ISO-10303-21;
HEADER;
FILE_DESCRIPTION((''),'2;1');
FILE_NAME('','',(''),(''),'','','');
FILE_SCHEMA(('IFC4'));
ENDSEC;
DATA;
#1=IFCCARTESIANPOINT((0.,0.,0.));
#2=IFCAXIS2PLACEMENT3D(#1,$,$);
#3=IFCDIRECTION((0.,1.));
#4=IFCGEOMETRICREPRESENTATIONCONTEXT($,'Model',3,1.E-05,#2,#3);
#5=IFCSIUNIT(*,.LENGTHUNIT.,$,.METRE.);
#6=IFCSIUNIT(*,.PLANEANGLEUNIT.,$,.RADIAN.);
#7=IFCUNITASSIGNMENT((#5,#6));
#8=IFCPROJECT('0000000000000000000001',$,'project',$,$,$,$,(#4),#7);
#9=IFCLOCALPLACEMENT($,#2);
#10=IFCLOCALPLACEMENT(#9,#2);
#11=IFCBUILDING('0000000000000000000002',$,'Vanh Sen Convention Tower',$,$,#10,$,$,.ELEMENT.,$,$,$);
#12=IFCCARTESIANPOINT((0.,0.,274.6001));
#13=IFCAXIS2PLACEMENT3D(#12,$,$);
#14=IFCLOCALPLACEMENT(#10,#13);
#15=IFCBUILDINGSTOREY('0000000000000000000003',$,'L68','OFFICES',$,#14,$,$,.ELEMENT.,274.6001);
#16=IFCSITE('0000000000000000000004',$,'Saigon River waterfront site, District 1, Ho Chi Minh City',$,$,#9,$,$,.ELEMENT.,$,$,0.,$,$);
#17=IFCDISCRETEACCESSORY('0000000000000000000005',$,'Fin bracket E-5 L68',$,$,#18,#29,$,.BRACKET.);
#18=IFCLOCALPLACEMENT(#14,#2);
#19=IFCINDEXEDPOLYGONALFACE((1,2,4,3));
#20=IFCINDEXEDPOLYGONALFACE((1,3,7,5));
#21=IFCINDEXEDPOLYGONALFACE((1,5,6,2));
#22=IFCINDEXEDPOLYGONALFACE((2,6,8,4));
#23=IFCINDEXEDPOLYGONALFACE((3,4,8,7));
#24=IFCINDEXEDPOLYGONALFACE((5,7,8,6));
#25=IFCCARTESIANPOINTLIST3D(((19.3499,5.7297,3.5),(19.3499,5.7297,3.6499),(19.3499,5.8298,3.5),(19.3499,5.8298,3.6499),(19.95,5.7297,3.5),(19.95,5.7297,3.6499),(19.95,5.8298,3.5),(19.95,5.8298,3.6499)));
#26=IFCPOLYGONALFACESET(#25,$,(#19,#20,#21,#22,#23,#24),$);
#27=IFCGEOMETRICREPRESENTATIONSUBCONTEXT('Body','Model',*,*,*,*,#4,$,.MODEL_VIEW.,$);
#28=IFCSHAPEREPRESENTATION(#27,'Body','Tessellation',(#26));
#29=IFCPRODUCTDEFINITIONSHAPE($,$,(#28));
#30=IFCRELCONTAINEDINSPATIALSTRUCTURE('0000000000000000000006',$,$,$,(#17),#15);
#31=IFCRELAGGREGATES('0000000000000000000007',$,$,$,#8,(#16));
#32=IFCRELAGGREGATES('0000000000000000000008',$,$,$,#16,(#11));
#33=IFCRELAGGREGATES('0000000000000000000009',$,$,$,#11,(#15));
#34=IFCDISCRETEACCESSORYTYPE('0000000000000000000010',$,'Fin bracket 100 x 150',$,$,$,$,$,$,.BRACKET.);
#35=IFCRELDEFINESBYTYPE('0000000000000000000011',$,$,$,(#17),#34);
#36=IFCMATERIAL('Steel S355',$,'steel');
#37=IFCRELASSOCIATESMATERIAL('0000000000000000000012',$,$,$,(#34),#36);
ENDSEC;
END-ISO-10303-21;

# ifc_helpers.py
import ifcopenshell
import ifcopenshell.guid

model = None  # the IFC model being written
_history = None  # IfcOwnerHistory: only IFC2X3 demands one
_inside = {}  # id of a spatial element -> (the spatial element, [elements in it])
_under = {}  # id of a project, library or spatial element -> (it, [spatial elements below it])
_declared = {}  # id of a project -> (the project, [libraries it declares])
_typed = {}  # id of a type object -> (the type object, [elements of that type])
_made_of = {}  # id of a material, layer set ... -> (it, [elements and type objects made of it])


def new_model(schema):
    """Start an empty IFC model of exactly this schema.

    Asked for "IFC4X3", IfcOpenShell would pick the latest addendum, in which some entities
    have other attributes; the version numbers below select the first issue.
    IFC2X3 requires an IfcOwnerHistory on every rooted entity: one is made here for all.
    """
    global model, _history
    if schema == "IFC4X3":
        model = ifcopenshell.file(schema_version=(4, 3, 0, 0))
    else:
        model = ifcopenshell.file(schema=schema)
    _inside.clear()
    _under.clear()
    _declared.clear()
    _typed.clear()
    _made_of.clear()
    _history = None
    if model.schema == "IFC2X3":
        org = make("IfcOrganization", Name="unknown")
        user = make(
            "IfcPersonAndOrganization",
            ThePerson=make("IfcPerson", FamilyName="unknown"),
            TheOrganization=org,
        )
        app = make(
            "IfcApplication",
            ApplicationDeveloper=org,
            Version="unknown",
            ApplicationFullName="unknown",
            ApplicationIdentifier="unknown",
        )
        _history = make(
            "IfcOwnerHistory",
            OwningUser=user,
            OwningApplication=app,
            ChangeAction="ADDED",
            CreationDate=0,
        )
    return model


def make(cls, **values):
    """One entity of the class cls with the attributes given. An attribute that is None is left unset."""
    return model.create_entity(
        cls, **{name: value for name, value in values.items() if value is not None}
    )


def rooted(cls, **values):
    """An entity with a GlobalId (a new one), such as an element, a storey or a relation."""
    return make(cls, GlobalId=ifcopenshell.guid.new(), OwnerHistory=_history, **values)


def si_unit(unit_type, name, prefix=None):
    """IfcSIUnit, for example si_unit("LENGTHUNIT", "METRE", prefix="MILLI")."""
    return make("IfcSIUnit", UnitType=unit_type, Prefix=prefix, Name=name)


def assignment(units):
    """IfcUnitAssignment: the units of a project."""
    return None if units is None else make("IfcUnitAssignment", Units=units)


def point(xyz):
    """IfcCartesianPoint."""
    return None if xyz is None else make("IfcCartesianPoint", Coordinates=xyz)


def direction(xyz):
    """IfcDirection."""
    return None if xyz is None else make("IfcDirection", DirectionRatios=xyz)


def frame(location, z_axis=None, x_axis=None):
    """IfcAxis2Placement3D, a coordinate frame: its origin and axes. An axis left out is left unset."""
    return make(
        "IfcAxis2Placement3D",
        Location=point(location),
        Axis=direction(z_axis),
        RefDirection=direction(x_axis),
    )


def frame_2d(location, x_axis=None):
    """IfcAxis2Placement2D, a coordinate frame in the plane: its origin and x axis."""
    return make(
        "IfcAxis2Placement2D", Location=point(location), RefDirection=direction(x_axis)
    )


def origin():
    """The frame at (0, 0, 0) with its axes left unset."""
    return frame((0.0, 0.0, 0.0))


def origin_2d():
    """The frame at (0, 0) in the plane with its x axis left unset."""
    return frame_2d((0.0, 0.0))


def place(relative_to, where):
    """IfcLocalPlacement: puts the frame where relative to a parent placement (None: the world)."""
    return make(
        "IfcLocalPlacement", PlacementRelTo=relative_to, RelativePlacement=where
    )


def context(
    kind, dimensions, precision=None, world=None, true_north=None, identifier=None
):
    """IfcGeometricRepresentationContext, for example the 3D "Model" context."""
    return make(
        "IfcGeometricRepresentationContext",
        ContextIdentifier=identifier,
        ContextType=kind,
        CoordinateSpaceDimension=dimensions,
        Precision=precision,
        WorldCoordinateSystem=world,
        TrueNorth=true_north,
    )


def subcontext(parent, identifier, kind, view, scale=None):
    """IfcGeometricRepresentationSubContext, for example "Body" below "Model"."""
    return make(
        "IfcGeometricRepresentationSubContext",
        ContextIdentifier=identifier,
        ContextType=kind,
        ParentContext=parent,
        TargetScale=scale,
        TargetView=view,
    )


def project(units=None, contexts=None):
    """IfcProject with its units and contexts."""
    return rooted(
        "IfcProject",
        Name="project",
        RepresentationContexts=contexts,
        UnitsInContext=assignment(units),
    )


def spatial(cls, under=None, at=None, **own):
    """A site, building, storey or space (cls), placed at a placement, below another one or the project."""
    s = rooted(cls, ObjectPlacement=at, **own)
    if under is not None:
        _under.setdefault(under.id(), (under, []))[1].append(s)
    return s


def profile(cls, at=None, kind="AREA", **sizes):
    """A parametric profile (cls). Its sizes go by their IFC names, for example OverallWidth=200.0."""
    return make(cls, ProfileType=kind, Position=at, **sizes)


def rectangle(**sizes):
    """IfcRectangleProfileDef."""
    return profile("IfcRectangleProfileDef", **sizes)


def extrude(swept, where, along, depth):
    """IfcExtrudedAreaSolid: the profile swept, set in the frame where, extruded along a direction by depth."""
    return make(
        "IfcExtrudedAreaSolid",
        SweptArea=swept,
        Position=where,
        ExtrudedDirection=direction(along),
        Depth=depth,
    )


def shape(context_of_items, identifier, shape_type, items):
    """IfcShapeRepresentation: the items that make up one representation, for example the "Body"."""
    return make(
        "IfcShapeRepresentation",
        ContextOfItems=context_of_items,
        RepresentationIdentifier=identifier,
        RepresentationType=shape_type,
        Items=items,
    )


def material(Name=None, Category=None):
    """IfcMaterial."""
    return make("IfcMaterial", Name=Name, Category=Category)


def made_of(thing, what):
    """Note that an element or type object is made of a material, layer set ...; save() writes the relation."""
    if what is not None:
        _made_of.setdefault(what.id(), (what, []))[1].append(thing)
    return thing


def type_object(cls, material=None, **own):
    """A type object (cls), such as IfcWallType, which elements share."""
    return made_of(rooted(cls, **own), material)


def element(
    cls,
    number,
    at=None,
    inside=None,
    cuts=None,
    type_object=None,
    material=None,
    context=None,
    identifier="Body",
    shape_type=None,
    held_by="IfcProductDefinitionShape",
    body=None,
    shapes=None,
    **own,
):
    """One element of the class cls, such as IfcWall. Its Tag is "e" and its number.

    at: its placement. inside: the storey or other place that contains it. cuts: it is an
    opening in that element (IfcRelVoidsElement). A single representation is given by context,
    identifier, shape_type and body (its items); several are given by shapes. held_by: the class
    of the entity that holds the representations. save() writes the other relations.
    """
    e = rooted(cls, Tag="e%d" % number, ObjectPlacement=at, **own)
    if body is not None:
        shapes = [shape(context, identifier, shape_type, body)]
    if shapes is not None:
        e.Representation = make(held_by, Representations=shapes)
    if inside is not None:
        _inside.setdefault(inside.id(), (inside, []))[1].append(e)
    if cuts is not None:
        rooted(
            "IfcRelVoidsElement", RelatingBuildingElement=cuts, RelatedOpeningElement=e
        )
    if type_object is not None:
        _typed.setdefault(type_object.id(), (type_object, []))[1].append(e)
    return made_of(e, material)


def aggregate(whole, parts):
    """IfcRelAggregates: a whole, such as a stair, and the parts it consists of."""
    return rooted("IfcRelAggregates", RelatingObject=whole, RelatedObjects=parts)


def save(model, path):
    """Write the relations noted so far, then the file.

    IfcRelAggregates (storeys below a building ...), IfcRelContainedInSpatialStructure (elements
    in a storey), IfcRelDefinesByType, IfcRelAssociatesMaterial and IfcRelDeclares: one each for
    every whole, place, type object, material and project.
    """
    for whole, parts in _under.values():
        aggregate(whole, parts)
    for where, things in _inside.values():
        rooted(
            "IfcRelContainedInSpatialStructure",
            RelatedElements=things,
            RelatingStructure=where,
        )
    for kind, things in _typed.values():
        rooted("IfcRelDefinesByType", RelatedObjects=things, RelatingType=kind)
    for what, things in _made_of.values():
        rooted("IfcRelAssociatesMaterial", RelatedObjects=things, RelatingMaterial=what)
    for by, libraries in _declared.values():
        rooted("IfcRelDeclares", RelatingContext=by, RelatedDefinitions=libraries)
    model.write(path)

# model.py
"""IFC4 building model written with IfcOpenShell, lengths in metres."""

from ifc_helpers import new_model, si_unit, direction, frame, origin, origin_2d, place, context, subcontext, project, spatial, rectangle, extrude, material, type_object, element, save


model = new_model("IFC4")

# Units and contexts
model_context = context("Model", 3, precision=1e-05, world=origin(), true_north=direction((0.0, 1.0)))
body_context = subcontext(model_context, "Body", "Model", "MODEL_VIEW")
ifc_project = project(units=[si_unit("LENGTHUNIT", "METRE"), si_unit("PLANEANGLEUNIT", "RADIAN")], contexts=[model_context])

# Site, building, storey
site_placement = place(None, origin())
site = spatial("IfcSite", under=ifc_project, at=site_placement, Name="Saigon River waterfront site, District 1, Ho Chi Minh City", CompositionType="ELEMENT", RefElevation=0.0)
building_placement = place(site_placement, origin())
building = spatial("IfcBuilding", under=site, at=building_placement, Name="Vanh Sen Convention Tower", CompositionType="ELEMENT")
storey_placement = place(building_placement, frame((0.0, 0.0, 274.6001)))
storey = spatial("IfcBuildingStorey", under=building, at=storey_placement, Name="L68", Description="OFFICES", CompositionType="ELEMENT", Elevation=274.6001)

# Discrete accessory
ifc_material_1 = material(Name="Steel S355", Category="steel")
discrete_accessory_type = type_object("IfcDiscreteAccessoryType", Name="Fin bracket 100 x 150", PredefinedType="BRACKET", material=ifc_material_1)
discrete_accessory_placement = place(storey_placement, frame((19.6499, 5.7798, 3.5), z_axis=(0.0, 0.0, 1.0), x_axis=(1.0, 0.0, 0.0)))
element("IfcDiscreteAccessory", 1, at=discrete_accessory_placement, inside=storey, type_object=discrete_accessory_type, Name="Fin bracket E-5 L68", PredefinedType="BRACKET", context=body_context, shape_type="SweptSolid", body=[
    extrude(rectangle(XDim=0.6001, YDim=0.1001, at=origin_2d()), origin(), (0.0, 0.0, 1.0), 0.1499),
])

save(model, "model.ifc")
